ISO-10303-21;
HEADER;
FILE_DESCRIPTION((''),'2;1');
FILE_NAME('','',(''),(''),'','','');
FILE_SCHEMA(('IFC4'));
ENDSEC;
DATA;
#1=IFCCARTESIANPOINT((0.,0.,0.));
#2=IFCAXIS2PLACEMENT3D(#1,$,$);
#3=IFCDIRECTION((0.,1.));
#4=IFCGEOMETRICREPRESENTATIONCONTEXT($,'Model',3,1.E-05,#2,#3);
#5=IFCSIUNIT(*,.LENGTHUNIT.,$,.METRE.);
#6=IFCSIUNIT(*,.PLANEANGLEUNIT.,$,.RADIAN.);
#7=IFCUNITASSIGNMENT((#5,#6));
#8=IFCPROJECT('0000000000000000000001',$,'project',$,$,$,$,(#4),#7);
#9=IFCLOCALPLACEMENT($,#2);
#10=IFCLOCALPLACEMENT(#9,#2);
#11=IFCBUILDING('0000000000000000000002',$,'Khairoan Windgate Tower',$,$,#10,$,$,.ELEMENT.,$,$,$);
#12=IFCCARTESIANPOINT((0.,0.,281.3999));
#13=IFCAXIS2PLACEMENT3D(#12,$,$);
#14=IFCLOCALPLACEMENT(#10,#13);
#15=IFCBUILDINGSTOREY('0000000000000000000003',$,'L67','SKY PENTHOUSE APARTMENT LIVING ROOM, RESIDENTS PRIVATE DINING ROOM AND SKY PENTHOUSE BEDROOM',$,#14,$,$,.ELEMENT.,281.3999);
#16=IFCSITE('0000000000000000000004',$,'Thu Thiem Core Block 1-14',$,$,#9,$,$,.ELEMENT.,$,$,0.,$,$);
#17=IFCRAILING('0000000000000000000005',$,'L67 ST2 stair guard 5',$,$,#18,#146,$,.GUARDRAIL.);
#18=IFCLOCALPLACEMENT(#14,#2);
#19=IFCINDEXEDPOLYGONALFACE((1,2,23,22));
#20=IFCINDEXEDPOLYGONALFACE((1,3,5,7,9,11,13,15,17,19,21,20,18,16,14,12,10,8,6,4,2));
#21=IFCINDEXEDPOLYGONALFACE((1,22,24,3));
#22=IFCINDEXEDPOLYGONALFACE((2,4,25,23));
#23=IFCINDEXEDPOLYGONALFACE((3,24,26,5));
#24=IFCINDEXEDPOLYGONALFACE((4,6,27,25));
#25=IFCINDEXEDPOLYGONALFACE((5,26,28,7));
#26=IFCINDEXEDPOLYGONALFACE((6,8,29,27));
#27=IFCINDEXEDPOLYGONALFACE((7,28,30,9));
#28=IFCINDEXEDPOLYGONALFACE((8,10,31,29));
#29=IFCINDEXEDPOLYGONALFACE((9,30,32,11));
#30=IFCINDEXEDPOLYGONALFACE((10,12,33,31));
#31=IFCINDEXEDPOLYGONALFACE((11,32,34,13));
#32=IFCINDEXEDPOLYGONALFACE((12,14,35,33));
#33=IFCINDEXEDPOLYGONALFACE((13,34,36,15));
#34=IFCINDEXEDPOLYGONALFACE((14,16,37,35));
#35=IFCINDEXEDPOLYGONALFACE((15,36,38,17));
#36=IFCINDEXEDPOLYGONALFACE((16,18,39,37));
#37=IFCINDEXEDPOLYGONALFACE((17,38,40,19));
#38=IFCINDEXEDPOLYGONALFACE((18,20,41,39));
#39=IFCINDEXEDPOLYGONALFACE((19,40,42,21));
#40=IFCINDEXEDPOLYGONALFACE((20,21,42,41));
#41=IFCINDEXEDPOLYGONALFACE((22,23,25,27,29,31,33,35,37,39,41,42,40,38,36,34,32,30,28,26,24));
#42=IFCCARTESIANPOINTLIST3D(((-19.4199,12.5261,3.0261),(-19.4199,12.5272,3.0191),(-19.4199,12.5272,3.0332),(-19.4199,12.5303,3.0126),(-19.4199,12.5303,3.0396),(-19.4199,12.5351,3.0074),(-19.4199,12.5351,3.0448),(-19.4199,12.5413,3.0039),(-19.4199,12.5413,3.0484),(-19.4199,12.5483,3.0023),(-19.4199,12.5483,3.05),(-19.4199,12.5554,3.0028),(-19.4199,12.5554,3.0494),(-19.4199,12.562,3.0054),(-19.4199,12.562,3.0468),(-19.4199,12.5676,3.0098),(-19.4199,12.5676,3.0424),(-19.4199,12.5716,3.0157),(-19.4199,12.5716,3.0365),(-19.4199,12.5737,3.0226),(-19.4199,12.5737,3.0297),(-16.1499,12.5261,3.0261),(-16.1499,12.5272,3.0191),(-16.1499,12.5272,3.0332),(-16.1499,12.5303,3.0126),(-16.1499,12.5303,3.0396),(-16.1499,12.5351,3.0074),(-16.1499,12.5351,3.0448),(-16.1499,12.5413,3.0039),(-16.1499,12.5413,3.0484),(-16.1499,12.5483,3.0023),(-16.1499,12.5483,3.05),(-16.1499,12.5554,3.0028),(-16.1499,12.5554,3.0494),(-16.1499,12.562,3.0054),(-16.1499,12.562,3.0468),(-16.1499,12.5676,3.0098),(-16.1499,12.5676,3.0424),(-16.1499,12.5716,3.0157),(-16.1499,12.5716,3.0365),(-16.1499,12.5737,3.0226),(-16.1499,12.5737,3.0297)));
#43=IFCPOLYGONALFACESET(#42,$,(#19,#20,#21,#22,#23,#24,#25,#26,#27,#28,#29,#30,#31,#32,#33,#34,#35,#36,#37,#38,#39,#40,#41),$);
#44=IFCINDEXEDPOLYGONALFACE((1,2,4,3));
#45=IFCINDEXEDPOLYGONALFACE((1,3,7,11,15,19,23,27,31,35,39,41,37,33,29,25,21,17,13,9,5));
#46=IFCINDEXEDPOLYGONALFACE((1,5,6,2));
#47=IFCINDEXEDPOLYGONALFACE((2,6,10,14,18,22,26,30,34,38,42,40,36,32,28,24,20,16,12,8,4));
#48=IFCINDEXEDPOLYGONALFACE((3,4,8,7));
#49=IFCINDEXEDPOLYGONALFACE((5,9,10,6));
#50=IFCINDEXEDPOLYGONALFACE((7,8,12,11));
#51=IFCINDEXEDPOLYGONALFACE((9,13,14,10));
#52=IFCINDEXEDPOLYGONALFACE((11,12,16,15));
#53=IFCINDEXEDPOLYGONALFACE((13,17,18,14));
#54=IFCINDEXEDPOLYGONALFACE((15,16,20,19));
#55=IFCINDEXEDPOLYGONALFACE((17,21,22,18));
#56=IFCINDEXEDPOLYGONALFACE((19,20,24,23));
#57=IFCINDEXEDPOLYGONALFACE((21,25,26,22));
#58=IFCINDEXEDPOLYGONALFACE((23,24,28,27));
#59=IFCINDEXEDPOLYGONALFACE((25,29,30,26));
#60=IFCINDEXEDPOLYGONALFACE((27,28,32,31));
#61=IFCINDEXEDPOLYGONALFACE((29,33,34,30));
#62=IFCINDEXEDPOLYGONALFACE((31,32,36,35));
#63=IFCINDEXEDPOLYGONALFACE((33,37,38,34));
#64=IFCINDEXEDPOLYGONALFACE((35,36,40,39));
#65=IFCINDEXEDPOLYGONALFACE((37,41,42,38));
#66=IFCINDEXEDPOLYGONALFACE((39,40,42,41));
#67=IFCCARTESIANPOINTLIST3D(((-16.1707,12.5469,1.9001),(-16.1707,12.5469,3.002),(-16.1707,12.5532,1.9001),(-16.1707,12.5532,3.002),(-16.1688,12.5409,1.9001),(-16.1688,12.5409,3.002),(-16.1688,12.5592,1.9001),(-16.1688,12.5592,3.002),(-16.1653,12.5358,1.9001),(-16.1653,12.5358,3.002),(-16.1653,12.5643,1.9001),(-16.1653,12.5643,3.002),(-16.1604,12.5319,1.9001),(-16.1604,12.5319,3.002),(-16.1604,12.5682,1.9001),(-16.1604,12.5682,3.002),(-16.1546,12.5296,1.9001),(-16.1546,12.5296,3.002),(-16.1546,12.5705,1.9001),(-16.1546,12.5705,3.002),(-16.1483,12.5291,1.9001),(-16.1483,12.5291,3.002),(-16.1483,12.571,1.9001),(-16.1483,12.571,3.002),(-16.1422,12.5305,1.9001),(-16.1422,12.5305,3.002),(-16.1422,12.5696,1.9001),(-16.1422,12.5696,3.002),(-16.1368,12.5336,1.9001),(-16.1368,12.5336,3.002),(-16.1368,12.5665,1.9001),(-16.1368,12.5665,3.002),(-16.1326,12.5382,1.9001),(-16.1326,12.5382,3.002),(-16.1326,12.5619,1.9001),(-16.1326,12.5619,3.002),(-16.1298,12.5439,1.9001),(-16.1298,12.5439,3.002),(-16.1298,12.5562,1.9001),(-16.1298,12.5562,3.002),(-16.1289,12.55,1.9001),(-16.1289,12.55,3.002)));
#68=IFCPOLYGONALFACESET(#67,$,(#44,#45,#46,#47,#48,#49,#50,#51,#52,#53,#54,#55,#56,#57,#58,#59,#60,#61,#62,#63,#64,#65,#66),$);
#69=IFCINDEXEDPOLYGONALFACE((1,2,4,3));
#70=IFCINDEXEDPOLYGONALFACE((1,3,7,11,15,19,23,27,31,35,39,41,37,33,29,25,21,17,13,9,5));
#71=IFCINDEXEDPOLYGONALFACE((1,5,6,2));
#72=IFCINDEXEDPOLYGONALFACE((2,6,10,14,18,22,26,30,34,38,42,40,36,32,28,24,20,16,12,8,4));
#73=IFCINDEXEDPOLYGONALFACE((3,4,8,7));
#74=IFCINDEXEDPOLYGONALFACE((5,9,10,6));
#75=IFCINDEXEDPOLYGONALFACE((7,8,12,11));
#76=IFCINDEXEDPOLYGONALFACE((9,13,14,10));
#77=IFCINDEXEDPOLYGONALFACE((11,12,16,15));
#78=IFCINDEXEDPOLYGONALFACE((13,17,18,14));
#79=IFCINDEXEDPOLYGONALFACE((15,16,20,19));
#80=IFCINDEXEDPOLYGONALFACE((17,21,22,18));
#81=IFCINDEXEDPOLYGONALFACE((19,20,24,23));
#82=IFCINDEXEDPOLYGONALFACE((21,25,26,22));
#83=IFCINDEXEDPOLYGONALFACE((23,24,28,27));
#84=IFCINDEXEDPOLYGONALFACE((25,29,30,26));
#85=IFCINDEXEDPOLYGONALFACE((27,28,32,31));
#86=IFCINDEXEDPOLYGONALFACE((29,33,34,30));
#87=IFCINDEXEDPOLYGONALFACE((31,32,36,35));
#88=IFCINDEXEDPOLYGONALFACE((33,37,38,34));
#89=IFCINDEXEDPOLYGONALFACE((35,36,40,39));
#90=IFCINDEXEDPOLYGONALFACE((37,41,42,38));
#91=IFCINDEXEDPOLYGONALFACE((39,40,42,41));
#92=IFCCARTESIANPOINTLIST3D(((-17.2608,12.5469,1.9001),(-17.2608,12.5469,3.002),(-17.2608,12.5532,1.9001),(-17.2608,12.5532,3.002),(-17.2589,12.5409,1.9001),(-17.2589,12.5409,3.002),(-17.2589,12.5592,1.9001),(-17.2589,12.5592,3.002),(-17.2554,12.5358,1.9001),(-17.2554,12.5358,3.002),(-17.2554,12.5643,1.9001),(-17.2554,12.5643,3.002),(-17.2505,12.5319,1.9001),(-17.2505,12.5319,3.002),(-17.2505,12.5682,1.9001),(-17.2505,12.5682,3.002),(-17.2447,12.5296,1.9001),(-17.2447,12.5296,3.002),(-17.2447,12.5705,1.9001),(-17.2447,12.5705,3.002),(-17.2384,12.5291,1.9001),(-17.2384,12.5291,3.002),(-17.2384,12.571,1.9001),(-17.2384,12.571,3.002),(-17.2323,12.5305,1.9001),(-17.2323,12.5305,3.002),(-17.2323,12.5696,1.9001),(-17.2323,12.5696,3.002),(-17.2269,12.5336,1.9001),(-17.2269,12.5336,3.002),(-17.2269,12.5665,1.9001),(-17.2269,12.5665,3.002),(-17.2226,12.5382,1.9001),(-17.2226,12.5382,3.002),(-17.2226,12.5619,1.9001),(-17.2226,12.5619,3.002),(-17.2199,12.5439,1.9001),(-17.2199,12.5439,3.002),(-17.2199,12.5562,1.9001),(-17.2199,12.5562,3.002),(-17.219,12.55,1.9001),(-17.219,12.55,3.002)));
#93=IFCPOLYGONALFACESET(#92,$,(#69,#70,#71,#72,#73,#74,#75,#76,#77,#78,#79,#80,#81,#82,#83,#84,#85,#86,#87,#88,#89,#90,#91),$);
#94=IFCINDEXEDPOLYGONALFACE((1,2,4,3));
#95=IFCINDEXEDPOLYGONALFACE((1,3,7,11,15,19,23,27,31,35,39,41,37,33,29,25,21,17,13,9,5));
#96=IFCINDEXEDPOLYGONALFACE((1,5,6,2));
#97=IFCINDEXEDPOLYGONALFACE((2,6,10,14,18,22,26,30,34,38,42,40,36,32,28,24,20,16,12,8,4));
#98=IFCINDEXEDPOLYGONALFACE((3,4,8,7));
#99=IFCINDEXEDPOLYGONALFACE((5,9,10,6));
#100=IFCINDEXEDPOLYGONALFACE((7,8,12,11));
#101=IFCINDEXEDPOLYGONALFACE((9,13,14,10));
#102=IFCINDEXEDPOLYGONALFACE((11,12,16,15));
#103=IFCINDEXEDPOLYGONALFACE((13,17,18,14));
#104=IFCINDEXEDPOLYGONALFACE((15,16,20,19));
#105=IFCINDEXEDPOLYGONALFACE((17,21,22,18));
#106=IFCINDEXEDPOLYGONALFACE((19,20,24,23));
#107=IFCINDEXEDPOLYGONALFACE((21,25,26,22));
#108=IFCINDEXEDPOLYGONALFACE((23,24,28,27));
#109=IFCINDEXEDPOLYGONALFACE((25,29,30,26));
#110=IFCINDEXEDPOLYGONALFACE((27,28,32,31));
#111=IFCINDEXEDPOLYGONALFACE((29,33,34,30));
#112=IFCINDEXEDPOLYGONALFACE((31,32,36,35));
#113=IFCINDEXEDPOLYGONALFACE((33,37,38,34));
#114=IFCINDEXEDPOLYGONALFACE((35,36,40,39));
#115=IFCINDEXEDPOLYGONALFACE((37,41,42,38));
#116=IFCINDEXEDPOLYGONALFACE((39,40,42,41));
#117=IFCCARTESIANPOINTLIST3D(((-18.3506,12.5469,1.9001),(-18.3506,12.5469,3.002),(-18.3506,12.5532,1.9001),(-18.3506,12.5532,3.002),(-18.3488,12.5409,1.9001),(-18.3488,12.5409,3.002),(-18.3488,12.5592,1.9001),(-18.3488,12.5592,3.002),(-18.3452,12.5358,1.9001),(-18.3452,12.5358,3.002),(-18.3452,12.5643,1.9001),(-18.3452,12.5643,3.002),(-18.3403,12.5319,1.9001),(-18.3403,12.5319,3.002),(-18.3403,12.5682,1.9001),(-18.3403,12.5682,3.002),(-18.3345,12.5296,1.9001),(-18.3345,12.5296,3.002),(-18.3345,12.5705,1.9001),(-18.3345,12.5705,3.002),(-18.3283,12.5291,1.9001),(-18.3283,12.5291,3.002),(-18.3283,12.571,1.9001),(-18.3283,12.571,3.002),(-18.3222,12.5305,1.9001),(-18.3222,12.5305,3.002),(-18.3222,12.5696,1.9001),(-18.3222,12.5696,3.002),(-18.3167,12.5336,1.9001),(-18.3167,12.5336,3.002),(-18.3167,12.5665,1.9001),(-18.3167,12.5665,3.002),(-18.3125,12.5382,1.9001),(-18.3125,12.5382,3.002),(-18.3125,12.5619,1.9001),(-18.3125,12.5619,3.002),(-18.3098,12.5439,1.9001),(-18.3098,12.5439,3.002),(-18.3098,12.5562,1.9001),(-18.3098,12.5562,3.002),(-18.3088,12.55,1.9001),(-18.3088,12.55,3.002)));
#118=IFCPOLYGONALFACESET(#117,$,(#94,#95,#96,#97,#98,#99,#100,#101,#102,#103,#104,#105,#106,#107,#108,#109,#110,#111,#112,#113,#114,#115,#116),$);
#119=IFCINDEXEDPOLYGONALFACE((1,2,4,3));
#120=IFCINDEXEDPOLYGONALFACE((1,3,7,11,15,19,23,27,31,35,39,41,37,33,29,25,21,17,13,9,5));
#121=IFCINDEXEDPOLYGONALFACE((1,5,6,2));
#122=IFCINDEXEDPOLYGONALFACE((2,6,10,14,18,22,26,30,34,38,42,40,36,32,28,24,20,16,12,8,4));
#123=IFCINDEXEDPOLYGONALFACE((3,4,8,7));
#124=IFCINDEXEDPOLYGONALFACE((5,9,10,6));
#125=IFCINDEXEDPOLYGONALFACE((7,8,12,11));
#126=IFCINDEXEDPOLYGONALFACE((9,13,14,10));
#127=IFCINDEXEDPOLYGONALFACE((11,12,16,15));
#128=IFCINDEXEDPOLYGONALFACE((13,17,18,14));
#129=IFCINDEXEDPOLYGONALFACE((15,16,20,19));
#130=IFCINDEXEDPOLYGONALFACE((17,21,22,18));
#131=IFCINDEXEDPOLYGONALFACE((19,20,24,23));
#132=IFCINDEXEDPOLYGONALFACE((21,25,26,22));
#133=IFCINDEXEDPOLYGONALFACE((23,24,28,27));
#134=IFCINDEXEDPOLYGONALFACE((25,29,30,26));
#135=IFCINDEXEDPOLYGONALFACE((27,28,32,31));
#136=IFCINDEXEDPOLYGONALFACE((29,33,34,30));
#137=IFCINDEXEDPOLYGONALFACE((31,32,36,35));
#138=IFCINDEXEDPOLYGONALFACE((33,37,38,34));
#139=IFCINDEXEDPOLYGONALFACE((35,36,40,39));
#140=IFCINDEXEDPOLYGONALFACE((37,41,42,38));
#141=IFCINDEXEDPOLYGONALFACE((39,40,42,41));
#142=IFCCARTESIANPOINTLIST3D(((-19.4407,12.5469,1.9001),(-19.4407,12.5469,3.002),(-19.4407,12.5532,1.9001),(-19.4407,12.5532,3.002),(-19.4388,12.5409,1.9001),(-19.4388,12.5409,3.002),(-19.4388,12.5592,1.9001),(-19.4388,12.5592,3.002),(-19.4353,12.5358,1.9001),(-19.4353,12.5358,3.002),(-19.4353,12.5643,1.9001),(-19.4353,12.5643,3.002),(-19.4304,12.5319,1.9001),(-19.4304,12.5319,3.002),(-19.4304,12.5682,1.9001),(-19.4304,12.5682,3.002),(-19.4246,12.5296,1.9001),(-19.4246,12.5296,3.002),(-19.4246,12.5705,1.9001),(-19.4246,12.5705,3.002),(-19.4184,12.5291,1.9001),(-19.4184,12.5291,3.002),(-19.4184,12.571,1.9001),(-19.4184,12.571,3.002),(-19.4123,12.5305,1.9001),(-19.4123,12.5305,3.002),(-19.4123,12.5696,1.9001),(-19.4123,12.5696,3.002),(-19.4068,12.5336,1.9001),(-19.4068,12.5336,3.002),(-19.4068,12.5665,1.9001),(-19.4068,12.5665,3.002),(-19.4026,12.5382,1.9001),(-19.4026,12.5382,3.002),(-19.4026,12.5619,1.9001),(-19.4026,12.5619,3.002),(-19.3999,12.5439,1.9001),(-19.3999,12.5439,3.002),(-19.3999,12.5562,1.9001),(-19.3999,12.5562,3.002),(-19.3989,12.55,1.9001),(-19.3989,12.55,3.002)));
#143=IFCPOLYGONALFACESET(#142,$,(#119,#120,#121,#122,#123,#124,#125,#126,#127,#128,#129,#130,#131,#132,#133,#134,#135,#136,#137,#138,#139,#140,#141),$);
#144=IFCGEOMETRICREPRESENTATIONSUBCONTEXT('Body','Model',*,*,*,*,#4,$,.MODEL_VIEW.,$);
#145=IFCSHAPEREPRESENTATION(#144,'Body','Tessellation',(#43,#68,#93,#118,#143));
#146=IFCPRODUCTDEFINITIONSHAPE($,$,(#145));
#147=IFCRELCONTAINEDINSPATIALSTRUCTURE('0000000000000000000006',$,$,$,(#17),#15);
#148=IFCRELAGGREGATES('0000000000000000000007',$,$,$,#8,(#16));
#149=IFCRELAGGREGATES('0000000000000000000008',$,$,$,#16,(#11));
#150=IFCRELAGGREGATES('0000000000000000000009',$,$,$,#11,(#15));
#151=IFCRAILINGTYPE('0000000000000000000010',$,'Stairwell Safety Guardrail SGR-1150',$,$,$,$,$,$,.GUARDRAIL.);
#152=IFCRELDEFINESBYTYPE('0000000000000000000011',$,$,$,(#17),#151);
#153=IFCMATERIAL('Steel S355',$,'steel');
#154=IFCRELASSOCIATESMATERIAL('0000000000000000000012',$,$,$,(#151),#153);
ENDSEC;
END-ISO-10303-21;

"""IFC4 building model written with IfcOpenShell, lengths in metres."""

from ifc_helpers import new_model, si_unit, direction, frame, origin, origin_2d, place, context, subcontext, project, spatial, circle, extrude, material, type_object, element, save


model = new_model("IFC4")

# Units and contexts
model_context = context("Model", 3, precision=1e-05, world=origin(), true_north=direction((0.0, 1.0)))
body_context = subcontext(model_context, "Body", "Model", "MODEL_VIEW")
ifc_project = project(units=[si_unit("LENGTHUNIT", "METRE"), si_unit("PLANEANGLEUNIT", "RADIAN")], contexts=[model_context])

# Site, building, storey
site_placement = place(None, origin())
site = spatial("IfcSite", under=ifc_project, at=site_placement, Name="Thu Thiem Core Block 1-14", CompositionType="ELEMENT", RefElevation=0.0)
building_placement = place(site_placement, origin())
building = spatial("IfcBuilding", under=site, at=building_placement, Name="Khairoan Windgate Tower", CompositionType="ELEMENT")
storey_placement = place(building_placement, frame((0.0, 0.0, 281.3999)))
storey = spatial("IfcBuildingStorey", under=building, at=storey_placement, Name="L67", Description="SKY PENTHOUSE APARTMENT LIVING ROOM, RESIDENTS PRIVATE DINING ROOM AND SKY PENTHOUSE BEDROOM", CompositionType="ELEMENT", Elevation=281.3999)

# Railing
ifc_material_1 = material(Name="Steel S355", Category="steel")
railing_type = type_object("IfcRailingType", Name="Stairwell Safety Guardrail SGR-1150", PredefinedType="GUARDRAIL", material=ifc_material_1)
railing_1_placement = place(storey_placement, frame((-16.1499, 12.55, 1.9001)))
element("IfcRailing", 1, at=railing_1_placement, inside=storey, type_object=railing_type, Name="L67 ST2 stair guard 5", PredefinedType="GUARDRAIL", context=body_context, shape_type="SweptSolid", body=[
    extrude(circle(Radius=0.0239, at=origin_2d()), frame((0.0, 0.0, 1.126), z_axis=(-1.0, 0.0, 0.0), x_axis=(0.0, -1.0, 0.0)), (0.0, 0.0, 1.0), 3.27),
    extrude(circle(Radius=0.021, at=origin_2d()), origin(), (0.0, 0.0, 1.0), 1.1018),
    extrude(circle(Radius=0.021, at=origin_2d()), frame((-1.0901, 0.0, 0.0)), (0.0, 0.0, 1.0), 1.1018),
    extrude(circle(Radius=0.021, at=origin_2d()), frame((-2.1799, 0.0, 0.0)), (0.0, 0.0, 1.0), 1.1018),
    extrude(circle(Radius=0.021, at=origin_2d()), frame((-3.27, 0.0, 0.0)), (0.0, 0.0, 1.0), 1.1018),
])

save(model, "model.ifc")
